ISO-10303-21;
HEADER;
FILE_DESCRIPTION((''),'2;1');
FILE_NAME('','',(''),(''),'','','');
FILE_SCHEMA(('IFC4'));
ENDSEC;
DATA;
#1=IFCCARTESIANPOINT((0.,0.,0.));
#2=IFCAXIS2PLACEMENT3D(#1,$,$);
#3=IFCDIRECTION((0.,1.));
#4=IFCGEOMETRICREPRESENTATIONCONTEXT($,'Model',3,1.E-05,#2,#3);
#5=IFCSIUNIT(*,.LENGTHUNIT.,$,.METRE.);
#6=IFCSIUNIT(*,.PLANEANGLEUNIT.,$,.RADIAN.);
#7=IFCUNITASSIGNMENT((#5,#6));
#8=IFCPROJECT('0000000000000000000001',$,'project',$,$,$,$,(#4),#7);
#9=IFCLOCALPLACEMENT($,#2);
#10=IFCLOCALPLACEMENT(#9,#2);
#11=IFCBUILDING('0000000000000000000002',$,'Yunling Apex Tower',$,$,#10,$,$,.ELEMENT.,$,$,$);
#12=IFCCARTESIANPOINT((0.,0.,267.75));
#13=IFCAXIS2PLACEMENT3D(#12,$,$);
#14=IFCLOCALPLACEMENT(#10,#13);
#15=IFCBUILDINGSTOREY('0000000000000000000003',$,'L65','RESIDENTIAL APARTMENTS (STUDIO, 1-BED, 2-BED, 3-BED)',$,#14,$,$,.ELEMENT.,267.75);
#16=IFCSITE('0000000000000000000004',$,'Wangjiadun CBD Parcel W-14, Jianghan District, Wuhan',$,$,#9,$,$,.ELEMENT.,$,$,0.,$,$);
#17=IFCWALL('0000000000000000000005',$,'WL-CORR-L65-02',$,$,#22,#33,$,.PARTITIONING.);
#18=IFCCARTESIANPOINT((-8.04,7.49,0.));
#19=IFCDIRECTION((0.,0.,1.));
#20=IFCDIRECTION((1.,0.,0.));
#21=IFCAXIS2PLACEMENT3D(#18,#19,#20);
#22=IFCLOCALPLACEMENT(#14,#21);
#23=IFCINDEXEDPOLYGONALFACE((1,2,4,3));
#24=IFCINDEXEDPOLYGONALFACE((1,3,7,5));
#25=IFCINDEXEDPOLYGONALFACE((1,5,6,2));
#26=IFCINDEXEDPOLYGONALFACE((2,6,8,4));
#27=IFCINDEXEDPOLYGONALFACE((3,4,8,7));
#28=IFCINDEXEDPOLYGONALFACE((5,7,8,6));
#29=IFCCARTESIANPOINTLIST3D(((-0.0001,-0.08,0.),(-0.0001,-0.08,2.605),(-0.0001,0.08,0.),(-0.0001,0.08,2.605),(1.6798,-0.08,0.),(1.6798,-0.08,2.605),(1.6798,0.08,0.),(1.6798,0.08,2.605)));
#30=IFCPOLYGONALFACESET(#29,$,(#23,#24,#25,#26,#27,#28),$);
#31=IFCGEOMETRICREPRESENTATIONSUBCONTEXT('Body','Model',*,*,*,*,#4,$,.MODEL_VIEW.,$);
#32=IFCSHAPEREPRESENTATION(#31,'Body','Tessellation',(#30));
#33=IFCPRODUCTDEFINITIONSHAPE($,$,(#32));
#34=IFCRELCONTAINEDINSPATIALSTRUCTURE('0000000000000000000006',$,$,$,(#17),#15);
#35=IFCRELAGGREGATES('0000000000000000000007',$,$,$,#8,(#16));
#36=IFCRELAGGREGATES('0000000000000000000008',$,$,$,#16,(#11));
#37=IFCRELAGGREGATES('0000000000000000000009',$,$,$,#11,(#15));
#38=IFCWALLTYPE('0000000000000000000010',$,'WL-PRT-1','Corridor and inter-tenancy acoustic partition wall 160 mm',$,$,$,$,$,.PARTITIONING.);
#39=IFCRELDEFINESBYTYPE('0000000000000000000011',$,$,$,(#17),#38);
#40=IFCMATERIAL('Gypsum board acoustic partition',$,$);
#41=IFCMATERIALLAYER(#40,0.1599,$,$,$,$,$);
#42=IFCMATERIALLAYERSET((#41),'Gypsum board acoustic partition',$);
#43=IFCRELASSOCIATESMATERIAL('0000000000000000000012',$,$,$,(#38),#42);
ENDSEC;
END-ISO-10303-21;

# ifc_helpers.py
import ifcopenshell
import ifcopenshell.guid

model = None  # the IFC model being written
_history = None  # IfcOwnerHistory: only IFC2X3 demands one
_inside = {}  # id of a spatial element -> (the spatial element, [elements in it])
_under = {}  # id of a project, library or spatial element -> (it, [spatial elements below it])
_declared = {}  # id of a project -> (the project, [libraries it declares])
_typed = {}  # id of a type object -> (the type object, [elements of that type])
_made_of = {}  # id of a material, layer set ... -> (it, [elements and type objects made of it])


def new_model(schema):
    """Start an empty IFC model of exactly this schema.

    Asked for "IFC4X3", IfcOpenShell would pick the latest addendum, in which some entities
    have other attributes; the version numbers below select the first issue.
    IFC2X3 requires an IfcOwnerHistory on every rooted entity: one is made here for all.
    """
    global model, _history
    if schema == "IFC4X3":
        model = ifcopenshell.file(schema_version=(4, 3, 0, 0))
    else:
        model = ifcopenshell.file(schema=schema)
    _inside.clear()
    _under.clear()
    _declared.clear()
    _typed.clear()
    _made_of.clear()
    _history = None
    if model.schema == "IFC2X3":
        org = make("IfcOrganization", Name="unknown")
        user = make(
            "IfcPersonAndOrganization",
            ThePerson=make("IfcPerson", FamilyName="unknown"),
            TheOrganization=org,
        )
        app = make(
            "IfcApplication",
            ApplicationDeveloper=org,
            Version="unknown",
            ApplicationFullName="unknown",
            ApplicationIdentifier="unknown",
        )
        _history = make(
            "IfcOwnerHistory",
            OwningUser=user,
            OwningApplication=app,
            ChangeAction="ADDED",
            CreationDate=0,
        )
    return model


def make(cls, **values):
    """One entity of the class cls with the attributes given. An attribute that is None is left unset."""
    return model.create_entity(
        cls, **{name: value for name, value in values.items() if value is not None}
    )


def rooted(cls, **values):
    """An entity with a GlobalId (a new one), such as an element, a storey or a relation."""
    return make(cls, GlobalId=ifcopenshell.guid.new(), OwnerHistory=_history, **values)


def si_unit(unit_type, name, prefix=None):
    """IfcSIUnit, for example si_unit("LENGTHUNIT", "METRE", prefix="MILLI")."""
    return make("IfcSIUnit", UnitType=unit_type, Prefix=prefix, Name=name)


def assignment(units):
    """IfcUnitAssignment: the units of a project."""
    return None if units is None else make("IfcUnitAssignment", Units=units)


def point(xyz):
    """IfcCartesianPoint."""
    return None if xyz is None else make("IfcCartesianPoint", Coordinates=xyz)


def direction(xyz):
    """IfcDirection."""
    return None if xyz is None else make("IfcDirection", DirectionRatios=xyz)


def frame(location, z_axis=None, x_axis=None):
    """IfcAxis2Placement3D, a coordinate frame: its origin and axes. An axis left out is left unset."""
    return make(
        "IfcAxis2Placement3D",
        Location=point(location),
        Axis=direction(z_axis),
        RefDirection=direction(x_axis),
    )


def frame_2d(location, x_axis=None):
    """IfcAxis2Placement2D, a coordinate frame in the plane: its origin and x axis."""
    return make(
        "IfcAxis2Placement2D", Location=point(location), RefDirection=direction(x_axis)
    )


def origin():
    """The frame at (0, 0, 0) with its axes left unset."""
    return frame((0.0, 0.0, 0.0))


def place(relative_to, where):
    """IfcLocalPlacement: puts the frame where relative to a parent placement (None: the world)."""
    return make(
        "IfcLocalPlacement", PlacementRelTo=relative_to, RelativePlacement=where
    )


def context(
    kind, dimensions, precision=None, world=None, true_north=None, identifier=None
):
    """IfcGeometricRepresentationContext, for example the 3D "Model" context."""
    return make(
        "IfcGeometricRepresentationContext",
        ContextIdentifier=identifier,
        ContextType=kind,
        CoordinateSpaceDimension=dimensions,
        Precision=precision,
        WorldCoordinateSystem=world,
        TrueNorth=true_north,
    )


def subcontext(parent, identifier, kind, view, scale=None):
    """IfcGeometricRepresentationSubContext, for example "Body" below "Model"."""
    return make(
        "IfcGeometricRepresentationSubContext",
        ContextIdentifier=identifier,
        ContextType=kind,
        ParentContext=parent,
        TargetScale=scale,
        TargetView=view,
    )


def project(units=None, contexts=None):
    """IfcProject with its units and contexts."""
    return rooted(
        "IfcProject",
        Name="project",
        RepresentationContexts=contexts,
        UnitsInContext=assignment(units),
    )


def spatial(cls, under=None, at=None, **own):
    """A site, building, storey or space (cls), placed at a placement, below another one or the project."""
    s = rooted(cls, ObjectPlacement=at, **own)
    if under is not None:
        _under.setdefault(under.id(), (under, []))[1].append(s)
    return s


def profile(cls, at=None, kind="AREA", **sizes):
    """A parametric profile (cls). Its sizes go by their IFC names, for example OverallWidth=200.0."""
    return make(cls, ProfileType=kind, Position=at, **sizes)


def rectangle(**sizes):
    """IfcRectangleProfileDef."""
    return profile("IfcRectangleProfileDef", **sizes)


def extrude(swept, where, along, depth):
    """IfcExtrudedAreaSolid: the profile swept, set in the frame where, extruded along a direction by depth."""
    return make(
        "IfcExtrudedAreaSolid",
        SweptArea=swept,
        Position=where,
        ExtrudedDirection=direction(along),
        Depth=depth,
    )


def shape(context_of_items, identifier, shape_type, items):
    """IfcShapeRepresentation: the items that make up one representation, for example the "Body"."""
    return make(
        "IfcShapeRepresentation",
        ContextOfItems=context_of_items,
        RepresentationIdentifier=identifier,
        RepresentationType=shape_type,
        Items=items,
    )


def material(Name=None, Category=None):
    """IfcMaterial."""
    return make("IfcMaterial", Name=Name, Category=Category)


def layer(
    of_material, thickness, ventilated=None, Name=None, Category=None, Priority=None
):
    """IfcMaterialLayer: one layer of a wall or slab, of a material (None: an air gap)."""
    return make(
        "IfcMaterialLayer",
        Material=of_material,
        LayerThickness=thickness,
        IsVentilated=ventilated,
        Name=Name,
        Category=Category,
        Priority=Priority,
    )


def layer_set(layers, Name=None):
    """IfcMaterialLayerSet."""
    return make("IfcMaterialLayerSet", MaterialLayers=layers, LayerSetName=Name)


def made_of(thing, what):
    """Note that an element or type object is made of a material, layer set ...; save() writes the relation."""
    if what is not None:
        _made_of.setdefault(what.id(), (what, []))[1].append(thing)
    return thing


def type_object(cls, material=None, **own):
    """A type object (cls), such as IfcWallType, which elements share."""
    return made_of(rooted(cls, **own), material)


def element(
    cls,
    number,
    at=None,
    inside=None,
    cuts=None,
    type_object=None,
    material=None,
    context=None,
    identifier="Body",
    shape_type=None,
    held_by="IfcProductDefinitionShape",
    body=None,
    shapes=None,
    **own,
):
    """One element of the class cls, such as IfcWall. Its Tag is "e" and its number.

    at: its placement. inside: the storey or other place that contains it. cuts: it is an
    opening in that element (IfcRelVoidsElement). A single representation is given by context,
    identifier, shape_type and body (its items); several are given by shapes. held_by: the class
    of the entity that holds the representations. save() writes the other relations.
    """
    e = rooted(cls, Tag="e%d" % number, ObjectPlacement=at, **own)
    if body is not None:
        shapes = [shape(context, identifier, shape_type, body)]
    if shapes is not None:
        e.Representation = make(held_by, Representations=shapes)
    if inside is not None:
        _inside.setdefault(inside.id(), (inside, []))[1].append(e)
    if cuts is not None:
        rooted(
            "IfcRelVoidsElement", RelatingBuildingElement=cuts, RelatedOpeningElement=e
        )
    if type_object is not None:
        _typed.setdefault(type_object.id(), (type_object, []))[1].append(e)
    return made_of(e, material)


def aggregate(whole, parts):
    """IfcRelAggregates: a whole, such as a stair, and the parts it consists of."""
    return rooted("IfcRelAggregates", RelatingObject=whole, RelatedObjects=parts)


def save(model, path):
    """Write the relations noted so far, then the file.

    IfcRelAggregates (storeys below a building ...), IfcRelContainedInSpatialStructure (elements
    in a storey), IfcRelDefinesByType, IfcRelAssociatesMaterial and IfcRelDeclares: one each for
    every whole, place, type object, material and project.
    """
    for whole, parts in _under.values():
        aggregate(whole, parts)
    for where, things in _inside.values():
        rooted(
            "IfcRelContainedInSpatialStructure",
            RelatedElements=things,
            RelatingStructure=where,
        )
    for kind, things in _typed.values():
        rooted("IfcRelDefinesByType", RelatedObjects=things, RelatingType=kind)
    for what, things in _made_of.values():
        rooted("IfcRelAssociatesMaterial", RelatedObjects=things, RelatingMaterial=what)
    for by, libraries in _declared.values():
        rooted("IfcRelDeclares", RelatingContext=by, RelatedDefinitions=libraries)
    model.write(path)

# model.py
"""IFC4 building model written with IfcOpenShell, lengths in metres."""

from ifc_helpers import new_model, si_unit, direction, frame, frame_2d, origin, place, context, subcontext, project, spatial, rectangle, extrude, material, layer, layer_set, type_object, element, save


model = new_model("IFC4")

# Units and contexts
model_context = context("Model", 3, precision=1e-05, world=origin(), true_north=direction((0.0, 1.0)))
body_context = subcontext(model_context, "Body", "Model", "MODEL_VIEW")
ifc_project = project(units=[si_unit("LENGTHUNIT", "METRE"), si_unit("PLANEANGLEUNIT", "RADIAN")], contexts=[model_context])

# Site, building, storey
site_placement = place(None, origin())
site = spatial("IfcSite", under=ifc_project, at=site_placement, Name="Wangjiadun CBD Parcel W-14, Jianghan District, Wuhan", CompositionType="ELEMENT", RefElevation=0.0)
building_placement = place(site_placement, origin())
building = spatial("IfcBuilding", under=site, at=building_placement, Name="Yunling Apex Tower", CompositionType="ELEMENT")
storey_placement = place(building_placement, frame((0.0, 0.0, 267.75)))
storey = spatial("IfcBuildingStorey", under=building, at=storey_placement, Name="L65", Description="RESIDENTIAL APARTMENTS (STUDIO, 1-BED, 2-BED, 3-BED)", CompositionType="ELEMENT", Elevation=267.75)

# Shared definitions
ifc_material_1 = material(Name="Gypsum board acoustic partition")
ifc_layer_1 = layer(ifc_material_1, 0.1599)
ifc_layer_set_1 = layer_set([ifc_layer_1], Name="Gypsum board acoustic partition")
wall_type_1 = type_object("IfcWallType", Name="WL-PRT-1", Description="Corridor and inter-tenancy acoustic partition wall 160 mm", PredefinedType="PARTITIONING", material=ifc_layer_set_1)

# Wall
wall_1_placement = place(storey_placement, frame((-8.04, 7.49, 0.0), z_axis=(0.0, 0.0, 1.0), x_axis=(1.0, 0.0, 0.0)))
element("IfcWall", 1, at=wall_1_placement, inside=storey, type_object=wall_type_1, Name="WL-CORR-L65-02", PredefinedType="PARTITIONING", context=body_context, shape_type="SweptSolid", body=[
    extrude(rectangle(XDim=1.6799, YDim=0.1599, at=frame_2d((0.8398, 0.0))), origin(), (0.0, 0.0, 1.0), 2.605),
])

save(model, "model.ifc")
